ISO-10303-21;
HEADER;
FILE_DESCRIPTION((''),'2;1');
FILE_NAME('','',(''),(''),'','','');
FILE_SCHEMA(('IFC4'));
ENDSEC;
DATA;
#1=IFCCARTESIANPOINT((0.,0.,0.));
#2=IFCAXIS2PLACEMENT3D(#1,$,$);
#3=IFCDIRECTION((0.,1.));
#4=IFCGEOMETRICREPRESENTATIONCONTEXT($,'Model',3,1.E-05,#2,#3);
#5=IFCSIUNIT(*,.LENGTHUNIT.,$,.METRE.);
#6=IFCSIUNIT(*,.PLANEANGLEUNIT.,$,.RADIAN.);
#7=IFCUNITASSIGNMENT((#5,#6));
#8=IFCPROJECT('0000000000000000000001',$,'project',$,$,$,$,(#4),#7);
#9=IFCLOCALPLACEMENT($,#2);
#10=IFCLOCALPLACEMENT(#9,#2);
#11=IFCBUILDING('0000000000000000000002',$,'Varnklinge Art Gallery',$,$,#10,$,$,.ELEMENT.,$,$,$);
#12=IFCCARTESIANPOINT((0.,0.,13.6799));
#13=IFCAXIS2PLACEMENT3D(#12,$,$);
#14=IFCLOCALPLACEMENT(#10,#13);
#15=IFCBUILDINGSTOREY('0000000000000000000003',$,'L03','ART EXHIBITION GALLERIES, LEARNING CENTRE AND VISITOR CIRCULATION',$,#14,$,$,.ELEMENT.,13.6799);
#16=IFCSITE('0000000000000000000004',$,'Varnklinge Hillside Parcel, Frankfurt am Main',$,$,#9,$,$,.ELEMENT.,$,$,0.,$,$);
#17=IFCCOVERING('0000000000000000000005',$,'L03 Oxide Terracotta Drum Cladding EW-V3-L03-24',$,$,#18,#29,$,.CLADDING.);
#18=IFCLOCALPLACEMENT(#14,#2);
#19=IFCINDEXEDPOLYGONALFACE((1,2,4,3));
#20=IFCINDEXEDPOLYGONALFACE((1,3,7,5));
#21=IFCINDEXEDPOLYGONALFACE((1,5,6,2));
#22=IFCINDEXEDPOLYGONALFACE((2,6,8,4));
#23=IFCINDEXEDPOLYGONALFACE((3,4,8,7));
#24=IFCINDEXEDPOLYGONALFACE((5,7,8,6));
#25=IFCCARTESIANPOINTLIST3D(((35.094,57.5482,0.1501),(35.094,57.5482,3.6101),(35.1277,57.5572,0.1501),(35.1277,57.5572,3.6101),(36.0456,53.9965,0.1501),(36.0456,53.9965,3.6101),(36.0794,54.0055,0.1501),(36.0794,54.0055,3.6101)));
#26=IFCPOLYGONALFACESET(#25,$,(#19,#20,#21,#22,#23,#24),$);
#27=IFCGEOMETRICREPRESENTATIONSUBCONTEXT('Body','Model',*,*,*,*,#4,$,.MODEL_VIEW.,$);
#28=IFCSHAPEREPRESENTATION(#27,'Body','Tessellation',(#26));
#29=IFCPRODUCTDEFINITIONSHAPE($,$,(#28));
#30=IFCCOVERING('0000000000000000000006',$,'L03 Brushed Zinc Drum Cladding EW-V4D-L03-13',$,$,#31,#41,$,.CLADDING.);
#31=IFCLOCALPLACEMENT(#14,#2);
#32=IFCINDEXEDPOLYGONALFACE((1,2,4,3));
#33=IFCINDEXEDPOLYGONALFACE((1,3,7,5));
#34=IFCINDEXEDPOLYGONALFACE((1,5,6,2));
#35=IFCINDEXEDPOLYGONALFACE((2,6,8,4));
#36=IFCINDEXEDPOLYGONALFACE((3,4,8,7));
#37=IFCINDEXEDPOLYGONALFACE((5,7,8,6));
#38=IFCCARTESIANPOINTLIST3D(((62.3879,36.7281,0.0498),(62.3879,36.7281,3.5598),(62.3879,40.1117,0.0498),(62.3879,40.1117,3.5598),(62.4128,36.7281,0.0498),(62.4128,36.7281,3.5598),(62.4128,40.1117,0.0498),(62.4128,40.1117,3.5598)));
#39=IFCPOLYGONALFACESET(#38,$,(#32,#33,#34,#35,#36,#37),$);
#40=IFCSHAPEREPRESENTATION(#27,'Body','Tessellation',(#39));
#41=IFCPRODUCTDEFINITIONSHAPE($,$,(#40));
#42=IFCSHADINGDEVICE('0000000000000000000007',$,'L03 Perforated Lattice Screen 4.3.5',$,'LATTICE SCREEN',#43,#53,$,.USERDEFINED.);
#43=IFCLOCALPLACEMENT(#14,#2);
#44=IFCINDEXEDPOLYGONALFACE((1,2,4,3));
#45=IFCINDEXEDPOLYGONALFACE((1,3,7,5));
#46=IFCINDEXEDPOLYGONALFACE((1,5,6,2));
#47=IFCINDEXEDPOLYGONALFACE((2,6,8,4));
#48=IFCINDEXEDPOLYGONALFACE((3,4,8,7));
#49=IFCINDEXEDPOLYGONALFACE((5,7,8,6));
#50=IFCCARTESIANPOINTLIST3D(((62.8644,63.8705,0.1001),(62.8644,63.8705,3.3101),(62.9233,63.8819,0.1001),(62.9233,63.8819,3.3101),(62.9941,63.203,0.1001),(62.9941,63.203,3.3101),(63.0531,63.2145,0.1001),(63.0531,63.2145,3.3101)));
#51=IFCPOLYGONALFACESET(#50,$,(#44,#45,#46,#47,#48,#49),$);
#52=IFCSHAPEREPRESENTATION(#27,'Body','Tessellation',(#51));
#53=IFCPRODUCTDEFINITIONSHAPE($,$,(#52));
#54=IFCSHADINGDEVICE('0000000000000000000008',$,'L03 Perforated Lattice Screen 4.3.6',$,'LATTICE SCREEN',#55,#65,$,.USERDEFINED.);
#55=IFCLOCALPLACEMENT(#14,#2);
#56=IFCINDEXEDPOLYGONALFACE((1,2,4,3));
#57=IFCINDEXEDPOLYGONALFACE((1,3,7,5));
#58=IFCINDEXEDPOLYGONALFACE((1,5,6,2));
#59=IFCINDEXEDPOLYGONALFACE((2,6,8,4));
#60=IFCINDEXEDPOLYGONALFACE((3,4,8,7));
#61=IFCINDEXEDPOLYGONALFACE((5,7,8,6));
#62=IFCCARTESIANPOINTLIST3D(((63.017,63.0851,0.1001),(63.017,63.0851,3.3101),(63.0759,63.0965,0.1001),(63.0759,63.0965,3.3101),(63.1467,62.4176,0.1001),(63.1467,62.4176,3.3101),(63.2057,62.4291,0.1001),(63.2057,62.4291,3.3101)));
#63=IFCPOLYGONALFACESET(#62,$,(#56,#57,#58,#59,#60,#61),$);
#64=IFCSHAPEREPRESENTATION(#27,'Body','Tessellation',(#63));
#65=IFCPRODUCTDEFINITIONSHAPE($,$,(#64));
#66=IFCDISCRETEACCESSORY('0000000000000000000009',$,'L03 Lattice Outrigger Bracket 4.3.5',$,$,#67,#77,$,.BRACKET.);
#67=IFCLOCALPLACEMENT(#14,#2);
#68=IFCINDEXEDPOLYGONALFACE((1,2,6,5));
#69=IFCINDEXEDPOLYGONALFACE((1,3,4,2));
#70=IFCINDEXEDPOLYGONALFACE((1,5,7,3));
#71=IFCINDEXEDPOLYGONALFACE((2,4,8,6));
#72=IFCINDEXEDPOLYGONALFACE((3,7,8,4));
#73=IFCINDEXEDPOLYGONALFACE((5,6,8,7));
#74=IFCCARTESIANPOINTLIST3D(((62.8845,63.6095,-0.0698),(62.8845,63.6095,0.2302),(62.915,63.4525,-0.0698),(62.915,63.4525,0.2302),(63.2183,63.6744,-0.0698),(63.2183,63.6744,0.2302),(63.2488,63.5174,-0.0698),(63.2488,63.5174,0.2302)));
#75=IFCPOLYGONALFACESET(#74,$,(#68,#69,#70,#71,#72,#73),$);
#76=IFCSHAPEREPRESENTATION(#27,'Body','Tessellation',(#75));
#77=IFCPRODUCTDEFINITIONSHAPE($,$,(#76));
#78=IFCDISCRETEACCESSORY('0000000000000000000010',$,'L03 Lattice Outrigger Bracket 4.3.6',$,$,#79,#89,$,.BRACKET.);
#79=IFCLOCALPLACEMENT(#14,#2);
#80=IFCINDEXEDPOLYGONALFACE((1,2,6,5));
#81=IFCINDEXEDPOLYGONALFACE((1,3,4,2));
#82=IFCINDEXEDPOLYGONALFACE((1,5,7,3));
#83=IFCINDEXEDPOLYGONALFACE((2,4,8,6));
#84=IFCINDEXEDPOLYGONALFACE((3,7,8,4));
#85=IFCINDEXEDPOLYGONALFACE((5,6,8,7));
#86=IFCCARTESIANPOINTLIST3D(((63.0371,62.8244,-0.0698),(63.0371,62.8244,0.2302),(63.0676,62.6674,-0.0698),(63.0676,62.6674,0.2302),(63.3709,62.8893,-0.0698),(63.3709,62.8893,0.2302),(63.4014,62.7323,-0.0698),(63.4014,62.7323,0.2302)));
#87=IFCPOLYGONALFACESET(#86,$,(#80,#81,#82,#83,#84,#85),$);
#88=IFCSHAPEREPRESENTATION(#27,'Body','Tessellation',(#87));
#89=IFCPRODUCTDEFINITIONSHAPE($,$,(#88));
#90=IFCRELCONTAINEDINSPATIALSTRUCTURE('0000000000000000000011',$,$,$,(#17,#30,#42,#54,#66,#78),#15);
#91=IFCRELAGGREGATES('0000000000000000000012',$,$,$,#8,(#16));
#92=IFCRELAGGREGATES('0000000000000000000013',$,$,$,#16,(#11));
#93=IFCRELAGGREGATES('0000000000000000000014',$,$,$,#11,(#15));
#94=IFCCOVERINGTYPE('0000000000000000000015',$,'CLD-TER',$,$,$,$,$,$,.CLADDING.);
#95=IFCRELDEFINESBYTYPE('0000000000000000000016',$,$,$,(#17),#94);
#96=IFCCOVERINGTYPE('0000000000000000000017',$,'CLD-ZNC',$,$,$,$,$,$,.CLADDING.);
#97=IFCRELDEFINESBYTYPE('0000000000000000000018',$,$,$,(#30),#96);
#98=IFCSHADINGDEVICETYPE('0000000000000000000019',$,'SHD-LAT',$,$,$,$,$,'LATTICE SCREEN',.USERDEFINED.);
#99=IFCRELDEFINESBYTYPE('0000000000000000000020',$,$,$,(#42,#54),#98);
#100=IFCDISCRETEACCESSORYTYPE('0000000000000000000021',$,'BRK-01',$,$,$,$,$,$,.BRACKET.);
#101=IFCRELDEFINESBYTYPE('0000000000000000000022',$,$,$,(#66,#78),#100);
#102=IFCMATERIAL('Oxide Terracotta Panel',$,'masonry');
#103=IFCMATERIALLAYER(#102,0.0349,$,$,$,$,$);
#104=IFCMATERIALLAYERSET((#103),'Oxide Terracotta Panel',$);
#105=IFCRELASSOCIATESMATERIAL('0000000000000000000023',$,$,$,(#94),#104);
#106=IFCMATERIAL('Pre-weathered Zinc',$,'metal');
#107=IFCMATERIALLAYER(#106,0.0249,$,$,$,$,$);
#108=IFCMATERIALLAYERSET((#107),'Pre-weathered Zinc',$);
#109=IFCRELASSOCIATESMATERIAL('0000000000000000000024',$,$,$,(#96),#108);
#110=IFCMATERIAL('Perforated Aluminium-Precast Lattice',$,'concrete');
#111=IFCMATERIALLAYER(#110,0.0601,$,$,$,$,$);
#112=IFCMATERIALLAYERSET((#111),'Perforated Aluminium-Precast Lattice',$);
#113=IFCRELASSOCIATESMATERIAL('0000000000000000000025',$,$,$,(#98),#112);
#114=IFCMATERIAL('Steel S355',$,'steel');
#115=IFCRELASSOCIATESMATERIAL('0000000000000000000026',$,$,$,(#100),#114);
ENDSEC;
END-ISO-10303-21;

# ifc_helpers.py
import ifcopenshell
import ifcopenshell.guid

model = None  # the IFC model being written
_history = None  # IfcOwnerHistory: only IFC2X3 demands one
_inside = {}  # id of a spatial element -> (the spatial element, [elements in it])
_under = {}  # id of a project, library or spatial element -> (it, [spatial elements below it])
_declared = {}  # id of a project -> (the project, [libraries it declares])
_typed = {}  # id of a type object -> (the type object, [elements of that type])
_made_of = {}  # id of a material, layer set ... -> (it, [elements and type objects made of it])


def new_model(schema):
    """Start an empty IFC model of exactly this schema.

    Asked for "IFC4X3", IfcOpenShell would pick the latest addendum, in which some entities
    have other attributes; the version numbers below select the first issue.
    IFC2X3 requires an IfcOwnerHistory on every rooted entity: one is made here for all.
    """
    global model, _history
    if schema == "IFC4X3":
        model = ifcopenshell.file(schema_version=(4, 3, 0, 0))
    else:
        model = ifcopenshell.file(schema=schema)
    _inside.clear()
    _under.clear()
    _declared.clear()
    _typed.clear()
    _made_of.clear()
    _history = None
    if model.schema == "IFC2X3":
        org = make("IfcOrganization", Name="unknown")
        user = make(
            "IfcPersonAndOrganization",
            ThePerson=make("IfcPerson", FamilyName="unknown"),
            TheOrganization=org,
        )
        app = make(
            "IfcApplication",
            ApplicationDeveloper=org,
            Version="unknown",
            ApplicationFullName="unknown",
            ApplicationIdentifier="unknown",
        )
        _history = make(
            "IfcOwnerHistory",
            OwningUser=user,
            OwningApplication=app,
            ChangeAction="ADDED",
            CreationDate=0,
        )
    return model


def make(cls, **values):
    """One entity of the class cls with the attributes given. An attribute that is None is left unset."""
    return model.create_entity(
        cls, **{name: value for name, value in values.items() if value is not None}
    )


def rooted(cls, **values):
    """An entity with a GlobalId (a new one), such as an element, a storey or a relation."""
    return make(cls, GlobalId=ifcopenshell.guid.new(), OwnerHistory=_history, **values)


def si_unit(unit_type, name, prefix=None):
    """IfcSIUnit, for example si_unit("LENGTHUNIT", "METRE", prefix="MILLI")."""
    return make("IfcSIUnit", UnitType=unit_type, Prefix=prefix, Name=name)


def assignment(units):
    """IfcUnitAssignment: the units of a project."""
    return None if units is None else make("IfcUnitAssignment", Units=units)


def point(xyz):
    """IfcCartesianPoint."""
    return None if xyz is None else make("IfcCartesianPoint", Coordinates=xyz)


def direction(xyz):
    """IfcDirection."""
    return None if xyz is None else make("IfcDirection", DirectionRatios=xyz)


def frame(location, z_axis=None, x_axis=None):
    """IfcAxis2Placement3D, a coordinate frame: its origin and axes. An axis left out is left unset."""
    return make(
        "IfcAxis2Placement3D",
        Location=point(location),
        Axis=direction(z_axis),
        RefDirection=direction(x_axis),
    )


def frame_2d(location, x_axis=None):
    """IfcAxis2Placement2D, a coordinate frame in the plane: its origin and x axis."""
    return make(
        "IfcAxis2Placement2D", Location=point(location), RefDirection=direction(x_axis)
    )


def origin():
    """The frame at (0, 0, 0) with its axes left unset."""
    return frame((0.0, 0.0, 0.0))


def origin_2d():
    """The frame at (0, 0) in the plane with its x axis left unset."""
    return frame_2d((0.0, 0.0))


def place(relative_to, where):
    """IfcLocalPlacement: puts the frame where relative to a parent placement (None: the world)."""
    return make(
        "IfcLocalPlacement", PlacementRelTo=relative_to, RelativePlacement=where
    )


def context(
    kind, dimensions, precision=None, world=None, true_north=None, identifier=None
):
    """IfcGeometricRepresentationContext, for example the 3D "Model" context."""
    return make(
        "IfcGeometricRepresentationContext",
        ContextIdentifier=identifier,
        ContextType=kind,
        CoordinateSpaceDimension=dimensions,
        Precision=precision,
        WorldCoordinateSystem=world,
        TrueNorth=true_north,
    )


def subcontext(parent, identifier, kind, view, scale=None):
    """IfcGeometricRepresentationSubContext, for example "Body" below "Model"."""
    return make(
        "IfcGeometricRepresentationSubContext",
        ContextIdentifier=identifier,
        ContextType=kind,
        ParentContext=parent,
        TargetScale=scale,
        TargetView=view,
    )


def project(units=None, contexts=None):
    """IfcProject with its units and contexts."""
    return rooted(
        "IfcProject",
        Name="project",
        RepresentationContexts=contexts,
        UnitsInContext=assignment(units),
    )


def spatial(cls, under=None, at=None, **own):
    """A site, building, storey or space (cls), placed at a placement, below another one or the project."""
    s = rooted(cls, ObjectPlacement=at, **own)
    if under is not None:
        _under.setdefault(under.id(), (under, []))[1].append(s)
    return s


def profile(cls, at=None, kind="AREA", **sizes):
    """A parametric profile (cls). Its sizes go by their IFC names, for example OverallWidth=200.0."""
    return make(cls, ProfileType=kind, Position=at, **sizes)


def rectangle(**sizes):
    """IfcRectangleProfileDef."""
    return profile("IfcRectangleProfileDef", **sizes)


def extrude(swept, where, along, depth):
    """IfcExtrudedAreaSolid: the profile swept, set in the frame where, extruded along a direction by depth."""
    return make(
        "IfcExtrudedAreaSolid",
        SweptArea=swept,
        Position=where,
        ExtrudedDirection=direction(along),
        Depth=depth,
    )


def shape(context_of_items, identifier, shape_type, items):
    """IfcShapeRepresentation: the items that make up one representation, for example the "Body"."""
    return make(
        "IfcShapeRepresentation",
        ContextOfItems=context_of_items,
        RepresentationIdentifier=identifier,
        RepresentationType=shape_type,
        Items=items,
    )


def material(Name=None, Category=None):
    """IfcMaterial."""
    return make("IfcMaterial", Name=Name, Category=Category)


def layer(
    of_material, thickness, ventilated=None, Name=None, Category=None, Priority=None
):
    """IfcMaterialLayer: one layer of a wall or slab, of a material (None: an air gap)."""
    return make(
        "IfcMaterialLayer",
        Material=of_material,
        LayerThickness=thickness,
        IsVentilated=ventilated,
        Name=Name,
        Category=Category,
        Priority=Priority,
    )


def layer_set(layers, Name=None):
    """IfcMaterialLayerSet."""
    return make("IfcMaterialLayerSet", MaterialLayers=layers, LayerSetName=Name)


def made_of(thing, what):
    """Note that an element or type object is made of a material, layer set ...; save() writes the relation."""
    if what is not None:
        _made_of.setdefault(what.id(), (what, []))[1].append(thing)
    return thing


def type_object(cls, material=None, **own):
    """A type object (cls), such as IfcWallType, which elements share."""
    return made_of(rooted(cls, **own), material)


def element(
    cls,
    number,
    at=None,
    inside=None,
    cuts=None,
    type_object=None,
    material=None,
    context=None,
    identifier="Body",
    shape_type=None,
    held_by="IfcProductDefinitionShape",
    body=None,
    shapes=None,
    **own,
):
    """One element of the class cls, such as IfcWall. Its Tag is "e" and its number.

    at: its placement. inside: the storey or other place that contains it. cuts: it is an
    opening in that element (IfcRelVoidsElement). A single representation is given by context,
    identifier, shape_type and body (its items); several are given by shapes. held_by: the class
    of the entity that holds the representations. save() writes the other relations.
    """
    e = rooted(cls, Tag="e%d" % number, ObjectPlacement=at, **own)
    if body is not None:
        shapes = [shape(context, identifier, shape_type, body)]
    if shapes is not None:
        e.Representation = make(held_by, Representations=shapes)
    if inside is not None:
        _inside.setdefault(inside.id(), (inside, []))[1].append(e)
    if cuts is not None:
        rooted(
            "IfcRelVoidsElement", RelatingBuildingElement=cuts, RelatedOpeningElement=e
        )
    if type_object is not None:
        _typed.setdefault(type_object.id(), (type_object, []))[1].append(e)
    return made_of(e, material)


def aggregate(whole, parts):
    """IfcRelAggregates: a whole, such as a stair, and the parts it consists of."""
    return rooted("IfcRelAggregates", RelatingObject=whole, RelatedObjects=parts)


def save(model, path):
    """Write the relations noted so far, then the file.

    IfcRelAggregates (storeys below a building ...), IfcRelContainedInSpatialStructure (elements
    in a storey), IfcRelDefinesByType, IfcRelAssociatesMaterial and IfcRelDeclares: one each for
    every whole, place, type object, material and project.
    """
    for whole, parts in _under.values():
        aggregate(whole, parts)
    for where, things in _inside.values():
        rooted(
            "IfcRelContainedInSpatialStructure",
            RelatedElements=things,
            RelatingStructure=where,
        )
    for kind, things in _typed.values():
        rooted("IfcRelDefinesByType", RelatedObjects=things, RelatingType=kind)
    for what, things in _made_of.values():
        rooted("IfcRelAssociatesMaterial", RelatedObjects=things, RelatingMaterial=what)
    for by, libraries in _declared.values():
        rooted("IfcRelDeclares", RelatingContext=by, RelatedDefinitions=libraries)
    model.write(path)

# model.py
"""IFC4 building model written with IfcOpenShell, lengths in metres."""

from ifc_helpers import new_model, si_unit, direction, frame, origin, origin_2d, place, context, subcontext, project, spatial, rectangle, extrude, material, layer, layer_set, type_object, element, save


model = new_model("IFC4")

# Units and contexts
model_context = context("Model", 3, precision=1e-05, world=origin(), true_north=direction((0.0, 1.0)))
body_context = subcontext(model_context, "Body", "Model", "MODEL_VIEW")
ifc_project = project(units=[si_unit("LENGTHUNIT", "METRE"), si_unit("PLANEANGLEUNIT", "RADIAN")], contexts=[model_context])

# Site, building, storey
site_placement = place(None, origin())
site = spatial("IfcSite", under=ifc_project, at=site_placement, Name="Varnklinge Hillside Parcel, Frankfurt am Main", CompositionType="ELEMENT", RefElevation=0.0)
building_placement = place(site_placement, origin())
building = spatial("IfcBuilding", under=site, at=building_placement, Name="Varnklinge Art Gallery", CompositionType="ELEMENT")
storey_placement = place(building_placement, frame((0.0, 0.0, 13.6799)))
storey = spatial("IfcBuildingStorey", under=building, at=storey_placement, Name="L03", Description="ART EXHIBITION GALLERIES, LEARNING CENTRE AND VISITOR CIRCULATION", CompositionType="ELEMENT", Elevation=13.6799)

# Coverings
ifc_material_1 = material(Name="Oxide Terracotta Panel", Category="masonry")
ifc_layer_1 = layer(ifc_material_1, 0.0349)
ifc_layer_set_1 = layer_set([ifc_layer_1], Name="Oxide Terracotta Panel")
covering_type_1 = type_object("IfcCoveringType", Name="CLD-TER", PredefinedType="CLADDING", material=ifc_layer_set_1)
for number, where, z_axis, x_axis, name in (
    (1, (35.5867, 55.7769, 0.1501), (0.0, 0.0, 1.0), (0.258819, -0.965926, 0.0), "L03 Oxide Terracotta Drum Cladding EW-V3-L03-24"),
):
    element("IfcCovering", number, at=place(storey_placement, frame(where, z_axis=z_axis, x_axis=x_axis)), inside=storey, type_object=covering_type_1, Name=name, PredefinedType="CLADDING", context=body_context, shape_type="SweptSolid", body=[
        extrude(rectangle(XDim=3.677, YDim=0.0349, at=origin_2d()), origin(), (0.0, 0.0, 1.0), 3.46),
    ])
ifc_material_2 = material(Name="Pre-weathered Zinc", Category="metal")
ifc_layer_2 = layer(ifc_material_2, 0.0249)
ifc_layer_set_2 = layer_set([ifc_layer_2], Name="Pre-weathered Zinc")
covering_type_2 = type_object("IfcCoveringType", Name="CLD-ZNC", PredefinedType="CLADDING", material=ifc_layer_set_2)
covering_placement = place(storey_placement, frame((62.4004, 38.4199, 0.0498), z_axis=(0.0, 0.0, 1.0), x_axis=(0.0, 1.0, 0.0)))
element("IfcCovering", 2, at=covering_placement, inside=storey, type_object=covering_type_2, Name="L03 Brushed Zinc Drum Cladding EW-V4D-L03-13", PredefinedType="CLADDING", context=body_context, shape_type="SweptSolid", body=[
    extrude(rectangle(XDim=3.3835, YDim=0.0249, at=origin_2d()), origin(), (0.0, 0.0, 1.0), 3.51),
])

# Shading devices
ifc_material_3 = material(Name="Perforated Aluminium-Precast Lattice", Category="concrete")
ifc_layer_3 = layer(ifc_material_3, 0.0601)
ifc_layer_set_3 = layer_set([ifc_layer_3], Name="Perforated Aluminium-Precast Lattice")
shading_device_type = type_object("IfcShadingDeviceType", Name="SHD-LAT", ElementType="LATTICE SCREEN", PredefinedType="USERDEFINED", material=ifc_layer_set_3)
for number, where, z_axis, x_axis, name in (
    (3, (62.9587, 63.5425, 0.1001), (0.0, 0.0, 1.0), (0.190809, -0.981627, 0.0), "L03 Perforated Lattice Screen 4.3.5"),
    (4, (63.1113, 62.7571, 0.1001), (0.0, 0.0, 1.0), (0.190809, -0.981627, 0.0), "L03 Perforated Lattice Screen 4.3.6"),
):
    element("IfcShadingDevice", number, at=place(storey_placement, frame(where, z_axis=z_axis, x_axis=x_axis)), inside=storey, type_object=shading_device_type, Name=name, ObjectType="LATTICE SCREEN", PredefinedType="USERDEFINED", context=body_context, shape_type="SweptSolid", body=[
        extrude(rectangle(XDim=0.6799, YDim=0.0601, at=origin_2d()), origin(), (0.0, 0.0, 1.0), 3.21),
    ])

# Discrete accessories
ifc_material_4 = material(Name="Steel S355", Category="steel")
discrete_accessory_type = type_object("IfcDiscreteAccessoryType", Name="BRK-01", PredefinedType="BRACKET", material=ifc_material_4)
for number, where, z_axis, x_axis, name in (
    (5, (63.0667, 63.5635, -0.0698), (0.0, 0.0, 1.0), (0.190809, -0.981627, 0.0), "L03 Lattice Outrigger Bracket 4.3.5"),
    (6, (63.2192, 62.7783, -0.0698), (0.0, 0.0, 1.0), (0.190809, -0.981627, 0.0), "L03 Lattice Outrigger Bracket 4.3.6"),
):
    element("IfcDiscreteAccessory", number, at=place(storey_placement, frame(where, z_axis=z_axis, x_axis=x_axis)), inside=storey, type_object=discrete_accessory_type, Name=name, PredefinedType="BRACKET", context=body_context, shape_type="SweptSolid", body=[
        extrude(rectangle(XDim=0.1599, YDim=0.3401, at=origin_2d()), origin(), (0.0, 0.0, 1.0), 0.3),
    ])

save(model, "model.ifc")
